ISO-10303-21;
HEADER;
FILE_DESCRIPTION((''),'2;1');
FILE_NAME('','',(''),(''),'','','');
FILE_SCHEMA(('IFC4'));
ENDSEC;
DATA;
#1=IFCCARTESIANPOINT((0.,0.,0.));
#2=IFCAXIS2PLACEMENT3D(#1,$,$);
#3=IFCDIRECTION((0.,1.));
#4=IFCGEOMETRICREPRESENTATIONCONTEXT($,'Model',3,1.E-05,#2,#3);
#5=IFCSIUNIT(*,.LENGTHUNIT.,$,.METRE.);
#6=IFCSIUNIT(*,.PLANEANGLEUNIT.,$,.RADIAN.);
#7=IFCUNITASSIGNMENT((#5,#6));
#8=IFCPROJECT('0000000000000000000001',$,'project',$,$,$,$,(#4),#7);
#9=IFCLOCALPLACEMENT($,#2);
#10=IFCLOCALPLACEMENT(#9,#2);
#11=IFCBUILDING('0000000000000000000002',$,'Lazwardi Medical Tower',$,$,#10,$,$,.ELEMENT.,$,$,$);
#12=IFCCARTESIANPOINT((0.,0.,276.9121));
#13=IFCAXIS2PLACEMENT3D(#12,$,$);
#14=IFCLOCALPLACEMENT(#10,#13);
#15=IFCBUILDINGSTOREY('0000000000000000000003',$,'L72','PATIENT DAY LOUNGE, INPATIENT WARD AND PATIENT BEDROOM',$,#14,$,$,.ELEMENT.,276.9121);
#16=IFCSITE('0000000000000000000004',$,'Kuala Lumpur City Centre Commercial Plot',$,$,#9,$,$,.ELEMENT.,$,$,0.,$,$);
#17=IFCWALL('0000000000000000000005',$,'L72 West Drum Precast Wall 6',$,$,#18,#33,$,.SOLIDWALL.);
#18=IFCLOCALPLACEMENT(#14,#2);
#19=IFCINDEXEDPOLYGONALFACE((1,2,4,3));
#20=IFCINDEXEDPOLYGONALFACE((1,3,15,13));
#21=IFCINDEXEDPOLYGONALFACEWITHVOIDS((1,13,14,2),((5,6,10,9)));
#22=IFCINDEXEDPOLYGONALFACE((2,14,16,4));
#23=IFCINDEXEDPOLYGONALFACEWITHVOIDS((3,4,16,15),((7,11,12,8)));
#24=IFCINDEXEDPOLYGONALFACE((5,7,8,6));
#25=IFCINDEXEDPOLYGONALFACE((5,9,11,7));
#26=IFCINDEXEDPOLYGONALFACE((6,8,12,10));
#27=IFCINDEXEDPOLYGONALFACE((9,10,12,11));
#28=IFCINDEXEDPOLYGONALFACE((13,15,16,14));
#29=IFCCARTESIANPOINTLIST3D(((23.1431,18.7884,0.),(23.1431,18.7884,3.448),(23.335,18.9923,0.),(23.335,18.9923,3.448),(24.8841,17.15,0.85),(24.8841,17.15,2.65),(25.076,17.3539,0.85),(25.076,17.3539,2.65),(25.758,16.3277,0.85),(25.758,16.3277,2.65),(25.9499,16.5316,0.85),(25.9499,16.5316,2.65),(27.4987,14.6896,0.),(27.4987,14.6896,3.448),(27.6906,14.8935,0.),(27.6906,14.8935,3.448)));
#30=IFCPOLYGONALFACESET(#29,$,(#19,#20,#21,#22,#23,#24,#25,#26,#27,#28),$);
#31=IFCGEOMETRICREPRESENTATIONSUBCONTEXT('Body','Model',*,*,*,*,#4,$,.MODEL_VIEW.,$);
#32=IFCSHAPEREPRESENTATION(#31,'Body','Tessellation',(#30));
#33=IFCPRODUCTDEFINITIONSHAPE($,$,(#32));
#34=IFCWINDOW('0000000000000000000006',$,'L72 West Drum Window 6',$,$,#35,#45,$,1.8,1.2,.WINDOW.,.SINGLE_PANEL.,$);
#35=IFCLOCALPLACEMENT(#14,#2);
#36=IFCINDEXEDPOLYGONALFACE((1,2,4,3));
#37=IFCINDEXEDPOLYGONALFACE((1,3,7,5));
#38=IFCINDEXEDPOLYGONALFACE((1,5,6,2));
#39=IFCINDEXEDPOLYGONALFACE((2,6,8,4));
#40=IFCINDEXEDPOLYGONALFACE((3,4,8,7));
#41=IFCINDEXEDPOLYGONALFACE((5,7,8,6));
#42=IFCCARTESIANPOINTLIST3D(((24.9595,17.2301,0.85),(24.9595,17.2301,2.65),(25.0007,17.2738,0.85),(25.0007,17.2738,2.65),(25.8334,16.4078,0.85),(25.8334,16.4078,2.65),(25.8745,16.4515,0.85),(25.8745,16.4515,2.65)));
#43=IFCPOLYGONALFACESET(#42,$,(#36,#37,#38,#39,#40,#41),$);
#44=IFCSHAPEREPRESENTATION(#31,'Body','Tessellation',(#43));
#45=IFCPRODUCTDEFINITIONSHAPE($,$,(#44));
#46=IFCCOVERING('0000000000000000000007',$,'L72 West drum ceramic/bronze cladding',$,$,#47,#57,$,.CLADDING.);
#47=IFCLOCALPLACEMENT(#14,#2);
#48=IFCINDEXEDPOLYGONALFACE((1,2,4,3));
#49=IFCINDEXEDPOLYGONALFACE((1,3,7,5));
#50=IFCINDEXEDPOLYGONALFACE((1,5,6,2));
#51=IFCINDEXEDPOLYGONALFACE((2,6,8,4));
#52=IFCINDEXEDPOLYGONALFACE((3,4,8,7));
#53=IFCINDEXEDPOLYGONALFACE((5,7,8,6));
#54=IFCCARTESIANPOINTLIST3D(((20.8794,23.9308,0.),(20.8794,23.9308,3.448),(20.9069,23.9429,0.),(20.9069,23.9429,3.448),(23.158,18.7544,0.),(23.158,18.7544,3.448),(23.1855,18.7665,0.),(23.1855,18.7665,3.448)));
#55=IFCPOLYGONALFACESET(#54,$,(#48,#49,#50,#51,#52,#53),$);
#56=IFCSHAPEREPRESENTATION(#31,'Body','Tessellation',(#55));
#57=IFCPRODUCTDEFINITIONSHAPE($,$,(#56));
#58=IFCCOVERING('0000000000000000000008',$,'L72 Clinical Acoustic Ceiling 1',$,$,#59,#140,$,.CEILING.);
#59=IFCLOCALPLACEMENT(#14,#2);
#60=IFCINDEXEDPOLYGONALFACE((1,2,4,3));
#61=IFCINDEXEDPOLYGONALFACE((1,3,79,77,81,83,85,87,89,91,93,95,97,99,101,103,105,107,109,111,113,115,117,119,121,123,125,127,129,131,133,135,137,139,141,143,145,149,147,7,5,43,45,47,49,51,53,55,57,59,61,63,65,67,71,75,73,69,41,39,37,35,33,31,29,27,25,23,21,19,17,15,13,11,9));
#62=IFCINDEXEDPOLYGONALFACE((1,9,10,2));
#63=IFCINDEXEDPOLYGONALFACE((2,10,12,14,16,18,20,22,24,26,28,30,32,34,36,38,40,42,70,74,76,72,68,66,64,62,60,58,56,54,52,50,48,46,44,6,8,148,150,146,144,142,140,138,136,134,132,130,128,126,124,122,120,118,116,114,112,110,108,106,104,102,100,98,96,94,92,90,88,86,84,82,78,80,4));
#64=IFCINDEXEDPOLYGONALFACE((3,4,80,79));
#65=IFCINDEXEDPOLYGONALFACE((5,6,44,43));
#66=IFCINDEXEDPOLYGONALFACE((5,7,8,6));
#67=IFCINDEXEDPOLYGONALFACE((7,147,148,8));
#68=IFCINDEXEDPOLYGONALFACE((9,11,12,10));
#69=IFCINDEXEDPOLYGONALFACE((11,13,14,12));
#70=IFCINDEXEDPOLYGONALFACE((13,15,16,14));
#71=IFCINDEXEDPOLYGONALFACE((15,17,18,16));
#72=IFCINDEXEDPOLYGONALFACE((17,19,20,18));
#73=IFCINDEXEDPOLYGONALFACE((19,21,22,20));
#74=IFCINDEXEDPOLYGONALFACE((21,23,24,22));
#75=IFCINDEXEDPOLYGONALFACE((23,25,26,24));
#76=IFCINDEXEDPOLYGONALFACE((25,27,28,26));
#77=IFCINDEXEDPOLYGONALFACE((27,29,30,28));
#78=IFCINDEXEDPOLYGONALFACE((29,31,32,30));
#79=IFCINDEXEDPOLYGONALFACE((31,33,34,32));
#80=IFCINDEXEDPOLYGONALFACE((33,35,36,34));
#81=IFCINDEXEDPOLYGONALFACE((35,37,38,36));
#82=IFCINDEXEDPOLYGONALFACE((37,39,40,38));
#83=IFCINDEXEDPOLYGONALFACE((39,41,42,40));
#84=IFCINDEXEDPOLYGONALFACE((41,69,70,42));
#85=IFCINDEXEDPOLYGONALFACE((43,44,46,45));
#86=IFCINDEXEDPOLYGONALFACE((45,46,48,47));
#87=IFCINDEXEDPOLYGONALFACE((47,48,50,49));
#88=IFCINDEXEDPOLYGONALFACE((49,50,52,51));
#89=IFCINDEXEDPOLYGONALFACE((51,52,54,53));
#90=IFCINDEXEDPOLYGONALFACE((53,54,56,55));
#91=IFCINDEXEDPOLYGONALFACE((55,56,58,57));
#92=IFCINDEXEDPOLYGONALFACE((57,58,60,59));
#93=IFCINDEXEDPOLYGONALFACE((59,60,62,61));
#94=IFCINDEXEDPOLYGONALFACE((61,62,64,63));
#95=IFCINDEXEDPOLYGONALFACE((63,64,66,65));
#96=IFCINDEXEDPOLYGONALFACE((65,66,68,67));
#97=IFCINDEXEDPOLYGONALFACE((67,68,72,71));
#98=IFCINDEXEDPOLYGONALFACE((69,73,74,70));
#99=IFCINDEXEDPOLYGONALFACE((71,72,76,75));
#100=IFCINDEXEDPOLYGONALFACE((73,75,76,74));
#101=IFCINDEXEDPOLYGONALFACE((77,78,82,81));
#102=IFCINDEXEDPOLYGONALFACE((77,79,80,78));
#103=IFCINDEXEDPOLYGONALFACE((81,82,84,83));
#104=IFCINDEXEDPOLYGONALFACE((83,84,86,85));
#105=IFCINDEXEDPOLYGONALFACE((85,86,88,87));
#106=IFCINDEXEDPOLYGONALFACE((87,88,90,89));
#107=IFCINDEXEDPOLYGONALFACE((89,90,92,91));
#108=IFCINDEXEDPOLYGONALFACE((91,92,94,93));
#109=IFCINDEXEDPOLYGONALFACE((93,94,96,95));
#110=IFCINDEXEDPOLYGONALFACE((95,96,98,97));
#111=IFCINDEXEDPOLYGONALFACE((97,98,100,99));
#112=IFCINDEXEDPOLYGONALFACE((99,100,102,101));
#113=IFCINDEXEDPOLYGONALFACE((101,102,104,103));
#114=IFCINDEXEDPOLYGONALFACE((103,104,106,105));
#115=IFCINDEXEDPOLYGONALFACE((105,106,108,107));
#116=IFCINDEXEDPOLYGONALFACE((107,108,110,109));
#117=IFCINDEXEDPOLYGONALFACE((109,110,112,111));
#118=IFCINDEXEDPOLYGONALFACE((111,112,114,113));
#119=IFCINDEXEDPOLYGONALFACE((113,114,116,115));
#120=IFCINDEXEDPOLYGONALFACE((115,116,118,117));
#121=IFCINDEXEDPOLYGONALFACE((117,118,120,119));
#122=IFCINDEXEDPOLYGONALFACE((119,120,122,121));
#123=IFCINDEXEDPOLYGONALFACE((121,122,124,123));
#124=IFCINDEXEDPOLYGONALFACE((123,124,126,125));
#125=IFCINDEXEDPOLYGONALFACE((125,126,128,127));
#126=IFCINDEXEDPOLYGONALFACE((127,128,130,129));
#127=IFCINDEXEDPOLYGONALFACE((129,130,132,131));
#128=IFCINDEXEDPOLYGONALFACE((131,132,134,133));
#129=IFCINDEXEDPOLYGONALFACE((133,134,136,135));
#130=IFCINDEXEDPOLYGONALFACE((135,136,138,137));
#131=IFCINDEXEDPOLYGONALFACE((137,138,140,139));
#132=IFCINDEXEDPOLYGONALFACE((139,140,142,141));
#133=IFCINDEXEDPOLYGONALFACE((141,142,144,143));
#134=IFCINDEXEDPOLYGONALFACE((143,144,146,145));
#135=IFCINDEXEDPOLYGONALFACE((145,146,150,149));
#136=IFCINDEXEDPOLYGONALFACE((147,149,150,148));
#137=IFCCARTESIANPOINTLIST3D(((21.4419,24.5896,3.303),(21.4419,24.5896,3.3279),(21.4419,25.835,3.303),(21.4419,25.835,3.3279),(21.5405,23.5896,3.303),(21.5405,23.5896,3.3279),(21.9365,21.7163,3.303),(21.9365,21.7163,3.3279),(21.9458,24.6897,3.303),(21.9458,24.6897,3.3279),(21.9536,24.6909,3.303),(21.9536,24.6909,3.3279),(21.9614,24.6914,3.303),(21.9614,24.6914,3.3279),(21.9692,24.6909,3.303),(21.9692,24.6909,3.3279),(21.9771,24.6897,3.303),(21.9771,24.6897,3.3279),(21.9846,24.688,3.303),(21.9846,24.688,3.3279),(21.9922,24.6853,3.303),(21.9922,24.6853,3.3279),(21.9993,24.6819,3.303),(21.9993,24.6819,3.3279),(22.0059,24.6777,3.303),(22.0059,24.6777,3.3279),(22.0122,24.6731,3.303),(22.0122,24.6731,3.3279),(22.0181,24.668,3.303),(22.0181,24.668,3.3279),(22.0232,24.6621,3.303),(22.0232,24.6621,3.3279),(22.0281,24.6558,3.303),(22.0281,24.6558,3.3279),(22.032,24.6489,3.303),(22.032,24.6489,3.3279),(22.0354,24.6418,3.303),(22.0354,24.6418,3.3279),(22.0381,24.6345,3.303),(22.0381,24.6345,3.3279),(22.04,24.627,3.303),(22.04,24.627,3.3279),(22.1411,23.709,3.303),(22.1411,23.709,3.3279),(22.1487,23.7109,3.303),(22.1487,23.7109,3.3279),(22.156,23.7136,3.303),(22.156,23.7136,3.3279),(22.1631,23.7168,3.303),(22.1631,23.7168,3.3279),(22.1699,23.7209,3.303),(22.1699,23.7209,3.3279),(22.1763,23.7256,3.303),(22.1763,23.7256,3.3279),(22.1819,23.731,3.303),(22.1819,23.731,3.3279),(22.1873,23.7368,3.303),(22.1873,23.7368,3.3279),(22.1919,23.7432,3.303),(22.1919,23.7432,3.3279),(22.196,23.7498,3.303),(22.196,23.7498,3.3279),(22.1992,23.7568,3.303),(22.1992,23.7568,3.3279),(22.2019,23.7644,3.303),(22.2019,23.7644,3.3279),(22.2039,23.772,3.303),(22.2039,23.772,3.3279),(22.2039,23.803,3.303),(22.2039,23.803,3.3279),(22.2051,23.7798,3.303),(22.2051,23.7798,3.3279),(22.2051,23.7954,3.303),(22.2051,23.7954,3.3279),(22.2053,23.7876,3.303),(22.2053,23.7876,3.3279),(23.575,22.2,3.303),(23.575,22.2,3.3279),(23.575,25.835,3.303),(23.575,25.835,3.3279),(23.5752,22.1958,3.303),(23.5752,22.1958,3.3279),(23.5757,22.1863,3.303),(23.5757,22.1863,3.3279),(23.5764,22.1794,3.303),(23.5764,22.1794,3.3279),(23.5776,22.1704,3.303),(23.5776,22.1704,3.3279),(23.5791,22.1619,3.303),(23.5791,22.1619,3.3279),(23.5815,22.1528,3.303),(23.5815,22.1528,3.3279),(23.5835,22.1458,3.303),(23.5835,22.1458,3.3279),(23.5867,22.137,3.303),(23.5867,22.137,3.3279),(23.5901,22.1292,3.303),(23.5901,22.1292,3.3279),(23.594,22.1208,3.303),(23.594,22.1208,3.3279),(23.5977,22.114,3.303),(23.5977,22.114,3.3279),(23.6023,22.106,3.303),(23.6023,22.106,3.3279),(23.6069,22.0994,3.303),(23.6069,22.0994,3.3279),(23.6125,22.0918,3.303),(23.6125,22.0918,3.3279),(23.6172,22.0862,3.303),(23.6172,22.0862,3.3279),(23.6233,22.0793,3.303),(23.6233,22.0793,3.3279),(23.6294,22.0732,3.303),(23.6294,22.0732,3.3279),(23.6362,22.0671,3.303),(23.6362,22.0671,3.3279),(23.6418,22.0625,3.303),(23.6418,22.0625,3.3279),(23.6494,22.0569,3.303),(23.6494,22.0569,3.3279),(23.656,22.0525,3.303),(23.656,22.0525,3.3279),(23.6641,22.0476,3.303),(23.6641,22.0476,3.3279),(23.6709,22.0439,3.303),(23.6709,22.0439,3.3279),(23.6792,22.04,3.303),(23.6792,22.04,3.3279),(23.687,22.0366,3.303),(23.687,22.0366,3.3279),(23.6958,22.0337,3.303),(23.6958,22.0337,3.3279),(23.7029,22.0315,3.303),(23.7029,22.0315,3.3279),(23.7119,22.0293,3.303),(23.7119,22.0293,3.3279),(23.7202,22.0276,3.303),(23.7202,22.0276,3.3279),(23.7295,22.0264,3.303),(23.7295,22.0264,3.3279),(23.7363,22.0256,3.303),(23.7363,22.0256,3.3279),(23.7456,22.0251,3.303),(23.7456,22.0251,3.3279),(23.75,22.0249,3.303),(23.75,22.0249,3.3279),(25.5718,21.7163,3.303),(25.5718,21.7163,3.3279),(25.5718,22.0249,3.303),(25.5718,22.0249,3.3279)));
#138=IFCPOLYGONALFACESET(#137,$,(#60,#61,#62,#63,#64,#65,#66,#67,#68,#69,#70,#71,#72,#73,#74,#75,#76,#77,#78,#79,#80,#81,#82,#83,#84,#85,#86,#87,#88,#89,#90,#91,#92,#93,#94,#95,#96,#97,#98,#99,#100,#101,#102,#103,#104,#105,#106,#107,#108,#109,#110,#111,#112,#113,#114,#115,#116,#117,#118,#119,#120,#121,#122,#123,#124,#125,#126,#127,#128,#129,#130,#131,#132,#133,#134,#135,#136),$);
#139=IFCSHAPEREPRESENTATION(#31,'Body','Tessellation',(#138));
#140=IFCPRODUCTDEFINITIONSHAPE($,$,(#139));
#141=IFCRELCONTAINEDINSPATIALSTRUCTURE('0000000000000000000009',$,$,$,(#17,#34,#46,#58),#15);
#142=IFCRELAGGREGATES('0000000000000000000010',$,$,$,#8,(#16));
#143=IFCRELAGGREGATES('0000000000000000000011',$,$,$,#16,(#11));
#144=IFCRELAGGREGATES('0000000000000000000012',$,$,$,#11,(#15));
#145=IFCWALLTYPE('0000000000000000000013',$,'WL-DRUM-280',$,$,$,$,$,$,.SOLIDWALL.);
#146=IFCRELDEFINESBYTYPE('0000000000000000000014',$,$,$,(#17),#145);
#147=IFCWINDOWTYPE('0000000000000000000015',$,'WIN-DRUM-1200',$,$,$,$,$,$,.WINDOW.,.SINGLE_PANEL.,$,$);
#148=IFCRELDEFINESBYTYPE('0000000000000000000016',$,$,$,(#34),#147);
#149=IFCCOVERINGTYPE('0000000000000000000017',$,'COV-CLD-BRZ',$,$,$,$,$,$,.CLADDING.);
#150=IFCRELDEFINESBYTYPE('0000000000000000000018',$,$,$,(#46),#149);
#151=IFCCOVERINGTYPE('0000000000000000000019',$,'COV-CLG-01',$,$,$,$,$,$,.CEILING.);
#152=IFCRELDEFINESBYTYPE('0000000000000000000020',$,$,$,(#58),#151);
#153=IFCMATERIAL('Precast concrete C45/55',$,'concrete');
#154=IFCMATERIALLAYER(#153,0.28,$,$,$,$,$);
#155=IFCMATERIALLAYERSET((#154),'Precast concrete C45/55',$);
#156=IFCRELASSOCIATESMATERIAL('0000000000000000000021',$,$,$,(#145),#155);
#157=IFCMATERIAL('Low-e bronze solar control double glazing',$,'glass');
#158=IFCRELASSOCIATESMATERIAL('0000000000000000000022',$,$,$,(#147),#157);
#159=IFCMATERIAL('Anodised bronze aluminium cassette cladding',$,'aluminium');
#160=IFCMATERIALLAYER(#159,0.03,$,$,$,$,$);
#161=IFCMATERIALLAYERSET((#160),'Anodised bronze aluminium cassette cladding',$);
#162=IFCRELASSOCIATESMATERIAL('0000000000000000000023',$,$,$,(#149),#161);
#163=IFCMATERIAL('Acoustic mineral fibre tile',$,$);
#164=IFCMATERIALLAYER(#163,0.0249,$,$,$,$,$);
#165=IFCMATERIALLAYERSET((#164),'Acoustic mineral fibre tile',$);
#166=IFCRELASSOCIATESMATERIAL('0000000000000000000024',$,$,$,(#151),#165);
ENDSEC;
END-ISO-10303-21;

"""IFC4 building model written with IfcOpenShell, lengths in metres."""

from ifc_helpers import new_model, si_unit, direction, frame, frame_2d, origin, origin_2d, place, context, subcontext, project, spatial, polyline, rectangle, outline, extrude, material, layer, layer_set, type_object, element, fill, save


model = new_model("IFC4")

# Units and contexts
model_context = context("Model", 3, precision=1e-05, world=origin(), true_north=direction((0.0, 1.0)))
body_context = subcontext(model_context, "Body", "Model", "MODEL_VIEW")
ifc_project = project(units=[si_unit("LENGTHUNIT", "METRE"), si_unit("PLANEANGLEUNIT", "RADIAN")], contexts=[model_context])

# Site, building, storey
site_placement = place(None, origin())
site = spatial("IfcSite", under=ifc_project, at=site_placement, Name="Kuala Lumpur City Centre Commercial Plot", CompositionType="ELEMENT", RefElevation=0.0)
building_placement = place(site_placement, origin())
building = spatial("IfcBuilding", under=site, at=building_placement, Name="Lazwardi Medical Tower", CompositionType="ELEMENT")
storey_placement = place(building_placement, frame((0.0, 0.0, 276.9121)))
storey = spatial("IfcBuildingStorey", under=building, at=storey_placement, Name="L72", Description="PATIENT DAY LOUNGE, INPATIENT WARD AND PATIENT BEDROOM", CompositionType="ELEMENT", Elevation=276.9121)

# Wall, opening, window
ifc_material_1 = material(Name="Precast concrete C45/55", Category="concrete")
ifc_layer_1 = layer(ifc_material_1, 0.28)
ifc_layer_set_1 = layer_set([ifc_layer_1], Name="Precast concrete C45/55")
wall_type_1 = type_object("IfcWallType", Name="WL-DRUM-280", PredefinedType="SOLIDWALL", material=ifc_layer_set_1)
wall_1_placement = place(storey_placement, frame((23.239, 18.8904, 0.0), z_axis=(0.0, 0.0, 1.0), x_axis=(0.728252, -0.68531, 0.0)))
wall_1 = element("IfcWall", 1, at=wall_1_placement, inside=storey, type_object=wall_type_1, Name="L72 West Drum Precast Wall 6", PredefinedType="SOLIDWALL", context=body_context, shape_type="SweptSolid", body=[
    extrude(rectangle(XDim=5.981, YDim=0.28, at=frame_2d((2.9905, 0.0))), origin(), (0.0, 0.0, 1.0), 3.448),
])
opening_1_placement = place(wall_1_placement, frame((2.3906, 0.0, 0.8501)))
opening_1 = element("IfcOpeningElement", 2, at=opening_1_placement, cuts=wall_1, PredefinedType="OPENING", context=body_context, shape_type="SweptSolid", body=[
    extrude(rectangle(XDim=1.2, YDim=1.8, at=frame_2d((0.6001, 0.8999))), frame((0.0, 0.1499, 0.0), z_axis=(0.0, -1.0, 0.0), x_axis=(1.0, 0.0, 0.0)), (0.0, 0.0, 1.0), 0.3),
])
ifc_material_2 = material(Name="Low-e bronze solar control double glazing", Category="glass")
window_type = type_object("IfcWindowType", Name="WIN-DRUM-1200", PartitioningType="SINGLE_PANEL", PredefinedType="WINDOW", material=ifc_material_2)
window_placement = place(opening_1_placement, origin())
window = element("IfcWindow", 3, at=window_placement, inside=storey, type_object=window_type, Name="L72 West Drum Window 6", OverallHeight=1.8, OverallWidth=1.2, PartitioningType="SINGLE_PANEL", PredefinedType="WINDOW", context=body_context, shape_type="SweptSolid", body=[
    extrude(rectangle(XDim=1.2, YDim=1.8, at=frame_2d((0.6001, 0.8999))), frame((0.0, 0.03, 0.0), z_axis=(0.0, -1.0, 0.0), x_axis=(1.0, 0.0, 0.0)), (0.0, 0.0, 1.0), 0.0601),
])
fill(opening_1, window)

# Coverings
ifc_material_3 = material(Name="Anodised bronze aluminium cassette cladding", Category="aluminium")
ifc_layer_2 = layer(ifc_material_3, 0.03)
ifc_layer_set_2 = layer_set([ifc_layer_2], Name="Anodised bronze aluminium cassette cladding")
covering_type_1 = type_object("IfcCoveringType", Name="COV-CLD-BRZ", PredefinedType="CLADDING", material=ifc_layer_set_2)
covering_1_placement = place(storey_placement, frame((22.0325, 21.3486, 0.0), z_axis=(0.0, 0.0, 1.0), x_axis=(0.402878, -0.915254, 0.0)))
element("IfcCovering", 4, at=covering_1_placement, inside=storey, type_object=covering_type_1, Name="L72 West drum ceramic/bronze cladding", PredefinedType="CLADDING", context=body_context, shape_type="SweptSolid", body=[
    extrude(rectangle(XDim=5.6558, YDim=0.03, at=origin_2d()), origin(), (0.0, 0.0, 1.0), 3.448),
])
ifc_material_4 = material(Name="Acoustic mineral fibre tile")
ifc_layer_3 = layer(ifc_material_4, 0.0249)
ifc_layer_set_3 = layer_set([ifc_layer_3], Name="Acoustic mineral fibre tile")
covering_type_2 = type_object("IfcCoveringType", Name="COV-CLG-01", PredefinedType="CEILING", material=ifc_layer_set_3)
covering_2_placement = place(storey_placement, frame((0.0, 0.0, 3.303)))
element("IfcCovering", 5, at=covering_2_placement, inside=storey, type_object=covering_type_2, Name="L72 Clinical Acoustic Ceiling 1", PredefinedType="CEILING", context=body_context, shape_type="SweptSolid", body=[
    extrude(outline(polyline([(25.5718, 22.0249), (23.75, 22.0249), (23.7456, 22.0251), (23.7363, 22.0256), (23.7295, 22.0264), (23.7202, 22.0276), (23.7119, 22.0293), (23.7029, 22.0315), (23.6958, 22.0337), (23.687, 22.0366), (23.6792, 22.04), (23.6709, 22.0439), (23.6641, 22.0476), (23.656, 22.0525), (23.6494, 22.0569), (23.6418, 22.0625), (23.6362, 22.0671), (23.6294, 22.0732), (23.6233, 22.0793), (23.6172, 22.0862), (23.6125, 22.0918), (23.6069, 22.0994), (23.6023, 22.106), (23.5977, 22.114), (23.594, 22.1208), (23.5901, 22.1292), (23.5867, 22.137), (23.5835, 22.1458), (23.5815, 22.1528), (23.5791, 22.1619), (23.5776, 22.1704), (23.5764, 22.1794), (23.5757, 22.1863), (23.5752, 22.1958), (23.575, 22.2), (23.575, 25.835), (21.4419, 25.835), (21.4419, 24.5896), (21.9458, 24.6897), (21.9536, 24.6909), (21.9614, 24.6914), (21.9692, 24.6909), (21.9771, 24.6897), (21.9846, 24.688), (21.9922, 24.6853), (21.9993, 24.6819), (22.0059, 24.6777), (22.0122, 24.6731), (22.0181, 24.668), (22.0232, 24.6621), (22.0281, 24.6558), (22.032, 24.6489), (22.0354, 24.6418), (22.0381, 24.6345), (22.04, 24.627), (22.2039, 23.803), (22.2051, 23.7954), (22.2053, 23.7876), (22.2051, 23.7798), (22.2039, 23.772), (22.2019, 23.7644), (22.1992, 23.7568), (22.196, 23.7498), (22.1919, 23.7432), (22.1873, 23.7368), (22.1819, 23.731), (22.1763, 23.7256), (22.1699, 23.7209), (22.1631, 23.7168), (22.156, 23.7136), (22.1487, 23.7109), (22.1411, 23.709), (21.5405, 23.5896), (21.9365, 21.7163), (25.5718, 21.7163), (25.5718, 22.0249)])), origin(), (0.0, 0.0, 1.0), 0.0249),
])

save(model, "model.ifc")
